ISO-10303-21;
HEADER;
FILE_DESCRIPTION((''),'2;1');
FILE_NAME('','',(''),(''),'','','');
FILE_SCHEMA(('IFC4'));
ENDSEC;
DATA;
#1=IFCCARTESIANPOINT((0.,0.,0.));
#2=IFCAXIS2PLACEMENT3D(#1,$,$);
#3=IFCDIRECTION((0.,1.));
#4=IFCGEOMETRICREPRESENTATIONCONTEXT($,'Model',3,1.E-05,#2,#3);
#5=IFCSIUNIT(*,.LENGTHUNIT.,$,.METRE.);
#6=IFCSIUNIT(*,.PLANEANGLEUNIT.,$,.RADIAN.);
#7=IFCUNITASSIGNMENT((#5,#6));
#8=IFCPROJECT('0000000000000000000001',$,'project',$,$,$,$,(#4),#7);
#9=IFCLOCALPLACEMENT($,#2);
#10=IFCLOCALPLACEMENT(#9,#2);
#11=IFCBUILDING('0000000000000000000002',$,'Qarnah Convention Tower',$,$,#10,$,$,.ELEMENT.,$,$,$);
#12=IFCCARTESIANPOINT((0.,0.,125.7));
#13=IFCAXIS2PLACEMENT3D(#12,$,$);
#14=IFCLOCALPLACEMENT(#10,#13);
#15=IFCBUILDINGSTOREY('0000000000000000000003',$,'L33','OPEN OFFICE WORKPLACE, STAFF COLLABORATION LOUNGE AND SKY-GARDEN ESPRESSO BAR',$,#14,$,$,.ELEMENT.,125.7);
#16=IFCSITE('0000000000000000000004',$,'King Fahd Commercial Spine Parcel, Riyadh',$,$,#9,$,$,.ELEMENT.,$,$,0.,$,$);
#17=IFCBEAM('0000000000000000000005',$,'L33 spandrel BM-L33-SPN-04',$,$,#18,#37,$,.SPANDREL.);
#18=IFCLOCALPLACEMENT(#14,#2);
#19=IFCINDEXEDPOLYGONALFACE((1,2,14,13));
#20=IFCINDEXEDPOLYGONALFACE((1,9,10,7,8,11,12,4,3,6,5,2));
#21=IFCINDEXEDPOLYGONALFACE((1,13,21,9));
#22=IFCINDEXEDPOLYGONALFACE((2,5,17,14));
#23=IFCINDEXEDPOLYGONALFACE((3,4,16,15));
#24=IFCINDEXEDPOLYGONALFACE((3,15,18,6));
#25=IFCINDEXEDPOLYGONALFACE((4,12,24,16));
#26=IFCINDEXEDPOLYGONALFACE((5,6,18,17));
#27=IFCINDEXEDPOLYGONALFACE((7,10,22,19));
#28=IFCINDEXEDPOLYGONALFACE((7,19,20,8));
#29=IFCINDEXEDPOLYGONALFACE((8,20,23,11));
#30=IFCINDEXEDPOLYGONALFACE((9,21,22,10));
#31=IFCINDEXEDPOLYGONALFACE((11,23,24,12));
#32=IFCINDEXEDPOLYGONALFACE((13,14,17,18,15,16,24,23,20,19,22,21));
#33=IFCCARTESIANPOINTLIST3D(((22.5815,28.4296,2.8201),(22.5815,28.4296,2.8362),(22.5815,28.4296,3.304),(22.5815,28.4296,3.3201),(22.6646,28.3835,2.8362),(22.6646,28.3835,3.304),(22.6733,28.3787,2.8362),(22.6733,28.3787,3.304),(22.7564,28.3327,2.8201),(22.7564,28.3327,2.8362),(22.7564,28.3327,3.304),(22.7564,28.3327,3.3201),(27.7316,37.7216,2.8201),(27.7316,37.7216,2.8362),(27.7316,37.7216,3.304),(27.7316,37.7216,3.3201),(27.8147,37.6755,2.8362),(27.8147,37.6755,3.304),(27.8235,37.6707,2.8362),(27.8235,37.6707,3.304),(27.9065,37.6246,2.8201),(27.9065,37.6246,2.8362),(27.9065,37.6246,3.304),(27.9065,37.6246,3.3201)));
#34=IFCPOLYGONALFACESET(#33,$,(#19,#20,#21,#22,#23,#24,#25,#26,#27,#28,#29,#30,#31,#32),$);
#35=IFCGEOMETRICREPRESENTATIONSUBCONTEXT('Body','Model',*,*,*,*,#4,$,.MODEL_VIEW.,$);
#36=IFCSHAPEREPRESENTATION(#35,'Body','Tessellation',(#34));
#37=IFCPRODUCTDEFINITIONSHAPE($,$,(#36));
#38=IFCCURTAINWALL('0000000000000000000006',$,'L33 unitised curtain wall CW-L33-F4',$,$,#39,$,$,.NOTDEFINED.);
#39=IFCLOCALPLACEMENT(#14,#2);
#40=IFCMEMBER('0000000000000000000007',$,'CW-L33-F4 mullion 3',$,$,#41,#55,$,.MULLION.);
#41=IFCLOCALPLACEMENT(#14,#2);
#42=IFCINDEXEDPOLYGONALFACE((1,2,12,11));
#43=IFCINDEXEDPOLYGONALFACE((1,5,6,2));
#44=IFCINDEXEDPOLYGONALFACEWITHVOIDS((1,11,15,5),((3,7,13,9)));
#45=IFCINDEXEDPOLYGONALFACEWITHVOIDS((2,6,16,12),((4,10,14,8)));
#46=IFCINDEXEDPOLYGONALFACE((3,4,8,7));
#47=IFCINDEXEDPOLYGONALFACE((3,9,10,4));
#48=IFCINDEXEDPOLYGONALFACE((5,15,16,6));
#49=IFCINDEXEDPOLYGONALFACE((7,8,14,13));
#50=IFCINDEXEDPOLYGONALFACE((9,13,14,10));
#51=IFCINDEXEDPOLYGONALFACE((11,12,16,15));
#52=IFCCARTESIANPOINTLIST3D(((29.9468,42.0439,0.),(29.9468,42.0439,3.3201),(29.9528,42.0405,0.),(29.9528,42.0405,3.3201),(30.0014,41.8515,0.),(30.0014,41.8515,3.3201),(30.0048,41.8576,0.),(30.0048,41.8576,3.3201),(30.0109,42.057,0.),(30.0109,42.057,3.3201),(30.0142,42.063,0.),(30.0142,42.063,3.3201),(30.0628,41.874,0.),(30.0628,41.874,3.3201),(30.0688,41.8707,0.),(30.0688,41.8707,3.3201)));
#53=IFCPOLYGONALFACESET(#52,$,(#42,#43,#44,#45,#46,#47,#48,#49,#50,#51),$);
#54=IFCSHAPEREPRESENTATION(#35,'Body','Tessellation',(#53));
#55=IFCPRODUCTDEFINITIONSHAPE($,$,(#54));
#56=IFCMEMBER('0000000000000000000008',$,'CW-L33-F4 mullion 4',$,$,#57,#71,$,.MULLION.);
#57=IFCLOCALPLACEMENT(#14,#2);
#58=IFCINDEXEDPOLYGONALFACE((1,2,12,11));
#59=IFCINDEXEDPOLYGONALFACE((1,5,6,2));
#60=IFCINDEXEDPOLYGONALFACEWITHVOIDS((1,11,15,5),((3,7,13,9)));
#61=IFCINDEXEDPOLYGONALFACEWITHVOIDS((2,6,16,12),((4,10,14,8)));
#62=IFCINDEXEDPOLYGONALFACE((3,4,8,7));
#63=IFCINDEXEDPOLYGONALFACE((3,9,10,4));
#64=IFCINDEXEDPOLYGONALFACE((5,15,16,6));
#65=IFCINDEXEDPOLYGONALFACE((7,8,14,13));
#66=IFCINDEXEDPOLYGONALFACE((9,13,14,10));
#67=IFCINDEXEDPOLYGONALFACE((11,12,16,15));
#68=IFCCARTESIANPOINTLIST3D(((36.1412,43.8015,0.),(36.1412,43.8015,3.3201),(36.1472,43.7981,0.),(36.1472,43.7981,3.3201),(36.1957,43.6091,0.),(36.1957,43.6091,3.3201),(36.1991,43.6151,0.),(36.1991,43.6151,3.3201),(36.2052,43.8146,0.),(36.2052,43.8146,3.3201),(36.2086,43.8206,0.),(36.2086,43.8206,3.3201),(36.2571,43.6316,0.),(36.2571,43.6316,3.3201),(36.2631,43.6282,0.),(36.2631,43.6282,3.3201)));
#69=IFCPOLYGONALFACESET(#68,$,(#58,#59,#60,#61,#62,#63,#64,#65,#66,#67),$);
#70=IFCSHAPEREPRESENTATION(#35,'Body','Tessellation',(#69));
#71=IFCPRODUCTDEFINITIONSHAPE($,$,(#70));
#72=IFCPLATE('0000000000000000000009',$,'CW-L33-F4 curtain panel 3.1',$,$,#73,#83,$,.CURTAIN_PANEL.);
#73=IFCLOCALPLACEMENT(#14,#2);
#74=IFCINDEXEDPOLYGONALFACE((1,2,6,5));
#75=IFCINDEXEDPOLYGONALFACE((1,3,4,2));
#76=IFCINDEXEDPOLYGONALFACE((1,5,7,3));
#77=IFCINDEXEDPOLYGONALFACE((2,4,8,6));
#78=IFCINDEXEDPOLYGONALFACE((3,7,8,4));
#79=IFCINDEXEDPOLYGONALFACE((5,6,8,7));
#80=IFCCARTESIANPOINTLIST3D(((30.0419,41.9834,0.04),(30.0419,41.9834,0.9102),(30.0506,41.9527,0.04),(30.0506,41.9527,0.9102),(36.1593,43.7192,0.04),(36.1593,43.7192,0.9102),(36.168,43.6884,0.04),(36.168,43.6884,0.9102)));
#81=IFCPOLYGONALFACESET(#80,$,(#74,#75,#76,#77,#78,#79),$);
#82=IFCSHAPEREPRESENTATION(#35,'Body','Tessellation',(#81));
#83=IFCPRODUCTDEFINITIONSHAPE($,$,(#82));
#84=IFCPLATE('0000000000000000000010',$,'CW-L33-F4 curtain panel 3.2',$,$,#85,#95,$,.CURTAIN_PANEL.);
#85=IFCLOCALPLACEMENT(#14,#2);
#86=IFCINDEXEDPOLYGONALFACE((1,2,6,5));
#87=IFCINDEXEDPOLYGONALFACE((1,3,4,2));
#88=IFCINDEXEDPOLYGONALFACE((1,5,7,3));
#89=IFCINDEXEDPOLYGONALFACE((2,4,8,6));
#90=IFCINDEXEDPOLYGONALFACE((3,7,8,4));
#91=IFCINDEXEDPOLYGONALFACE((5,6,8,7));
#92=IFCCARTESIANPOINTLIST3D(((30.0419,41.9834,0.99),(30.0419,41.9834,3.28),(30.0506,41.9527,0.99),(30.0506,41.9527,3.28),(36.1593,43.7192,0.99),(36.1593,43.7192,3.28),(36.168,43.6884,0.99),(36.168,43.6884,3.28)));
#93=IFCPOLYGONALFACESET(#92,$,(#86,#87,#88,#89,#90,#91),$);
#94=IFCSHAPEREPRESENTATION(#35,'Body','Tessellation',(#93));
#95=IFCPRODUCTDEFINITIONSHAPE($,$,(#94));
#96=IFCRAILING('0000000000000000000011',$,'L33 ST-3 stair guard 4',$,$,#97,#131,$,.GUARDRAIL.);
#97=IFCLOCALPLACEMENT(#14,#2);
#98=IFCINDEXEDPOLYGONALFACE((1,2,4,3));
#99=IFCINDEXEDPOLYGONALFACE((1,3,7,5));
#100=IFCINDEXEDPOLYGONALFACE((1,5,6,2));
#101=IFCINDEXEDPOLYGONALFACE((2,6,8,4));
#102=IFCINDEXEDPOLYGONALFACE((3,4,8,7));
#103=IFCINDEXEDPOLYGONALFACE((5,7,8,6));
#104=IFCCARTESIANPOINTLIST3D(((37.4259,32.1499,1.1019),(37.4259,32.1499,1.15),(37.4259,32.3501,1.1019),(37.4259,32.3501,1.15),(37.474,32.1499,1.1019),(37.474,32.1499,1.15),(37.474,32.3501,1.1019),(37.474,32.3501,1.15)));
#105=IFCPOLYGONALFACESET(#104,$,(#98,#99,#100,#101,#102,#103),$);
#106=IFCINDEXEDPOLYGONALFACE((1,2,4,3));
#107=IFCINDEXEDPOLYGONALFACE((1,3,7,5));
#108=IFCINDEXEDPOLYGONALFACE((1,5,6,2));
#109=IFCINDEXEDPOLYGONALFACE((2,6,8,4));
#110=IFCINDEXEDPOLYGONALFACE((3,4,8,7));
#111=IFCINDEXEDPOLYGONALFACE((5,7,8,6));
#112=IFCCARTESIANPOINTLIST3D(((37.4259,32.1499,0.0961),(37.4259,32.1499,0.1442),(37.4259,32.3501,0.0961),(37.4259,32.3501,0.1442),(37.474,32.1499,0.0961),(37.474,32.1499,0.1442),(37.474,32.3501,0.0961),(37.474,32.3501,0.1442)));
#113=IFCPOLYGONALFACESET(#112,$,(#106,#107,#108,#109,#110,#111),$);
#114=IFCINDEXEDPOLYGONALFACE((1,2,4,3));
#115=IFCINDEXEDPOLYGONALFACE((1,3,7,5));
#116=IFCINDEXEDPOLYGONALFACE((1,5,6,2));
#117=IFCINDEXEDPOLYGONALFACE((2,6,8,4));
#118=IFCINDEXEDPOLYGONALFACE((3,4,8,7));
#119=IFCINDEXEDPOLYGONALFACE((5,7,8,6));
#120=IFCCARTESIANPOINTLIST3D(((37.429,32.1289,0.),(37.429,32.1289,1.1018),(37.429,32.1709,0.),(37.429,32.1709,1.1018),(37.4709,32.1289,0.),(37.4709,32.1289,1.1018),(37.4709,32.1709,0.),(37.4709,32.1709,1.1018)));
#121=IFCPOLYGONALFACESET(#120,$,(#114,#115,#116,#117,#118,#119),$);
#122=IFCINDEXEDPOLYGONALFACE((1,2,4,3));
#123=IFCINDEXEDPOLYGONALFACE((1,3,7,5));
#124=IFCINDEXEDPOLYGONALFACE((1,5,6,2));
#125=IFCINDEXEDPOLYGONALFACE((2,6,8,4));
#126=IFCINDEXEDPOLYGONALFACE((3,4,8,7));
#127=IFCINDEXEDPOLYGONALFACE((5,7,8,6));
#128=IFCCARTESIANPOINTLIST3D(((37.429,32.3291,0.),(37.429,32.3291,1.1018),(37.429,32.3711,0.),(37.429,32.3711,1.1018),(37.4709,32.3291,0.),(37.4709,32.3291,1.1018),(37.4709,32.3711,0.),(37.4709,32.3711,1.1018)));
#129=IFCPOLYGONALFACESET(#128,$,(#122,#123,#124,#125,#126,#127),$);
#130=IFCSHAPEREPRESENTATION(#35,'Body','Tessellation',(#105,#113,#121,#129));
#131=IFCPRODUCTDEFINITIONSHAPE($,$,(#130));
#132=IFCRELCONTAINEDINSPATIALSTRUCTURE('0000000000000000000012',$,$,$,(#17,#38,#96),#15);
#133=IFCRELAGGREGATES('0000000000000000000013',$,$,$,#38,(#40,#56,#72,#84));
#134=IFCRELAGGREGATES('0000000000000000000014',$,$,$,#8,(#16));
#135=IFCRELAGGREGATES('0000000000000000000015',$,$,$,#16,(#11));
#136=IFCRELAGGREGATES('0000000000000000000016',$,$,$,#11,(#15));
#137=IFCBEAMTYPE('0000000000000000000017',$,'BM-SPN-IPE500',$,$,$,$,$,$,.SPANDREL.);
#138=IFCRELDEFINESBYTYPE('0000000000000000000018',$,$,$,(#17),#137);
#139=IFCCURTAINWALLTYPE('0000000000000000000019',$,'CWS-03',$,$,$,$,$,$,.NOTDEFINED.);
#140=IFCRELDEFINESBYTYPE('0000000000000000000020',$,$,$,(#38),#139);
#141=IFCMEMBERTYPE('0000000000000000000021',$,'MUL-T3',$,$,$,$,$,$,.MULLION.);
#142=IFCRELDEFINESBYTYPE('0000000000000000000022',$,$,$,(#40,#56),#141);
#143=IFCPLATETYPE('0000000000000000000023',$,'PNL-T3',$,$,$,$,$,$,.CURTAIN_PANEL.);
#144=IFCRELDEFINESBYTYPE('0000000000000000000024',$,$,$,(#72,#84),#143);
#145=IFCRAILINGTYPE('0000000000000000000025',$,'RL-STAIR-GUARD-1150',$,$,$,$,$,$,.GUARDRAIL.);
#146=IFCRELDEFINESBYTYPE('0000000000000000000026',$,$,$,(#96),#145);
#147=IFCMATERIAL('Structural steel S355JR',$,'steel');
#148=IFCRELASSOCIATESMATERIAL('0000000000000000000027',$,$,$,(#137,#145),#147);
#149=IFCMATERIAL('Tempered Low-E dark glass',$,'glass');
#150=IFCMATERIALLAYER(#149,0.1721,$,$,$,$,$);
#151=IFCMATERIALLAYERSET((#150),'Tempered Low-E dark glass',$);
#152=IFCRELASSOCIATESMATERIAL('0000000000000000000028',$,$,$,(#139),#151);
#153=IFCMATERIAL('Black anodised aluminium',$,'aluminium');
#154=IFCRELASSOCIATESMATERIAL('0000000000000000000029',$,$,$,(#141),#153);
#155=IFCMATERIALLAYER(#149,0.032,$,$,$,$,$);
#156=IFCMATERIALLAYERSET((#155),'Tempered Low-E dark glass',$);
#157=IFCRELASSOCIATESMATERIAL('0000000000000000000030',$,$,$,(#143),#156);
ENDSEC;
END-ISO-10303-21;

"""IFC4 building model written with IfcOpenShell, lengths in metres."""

from ifc_helpers import new_model, si_unit, direction, frame, origin, origin_2d, place, context, subcontext, project, spatial, rectangle, hollow_rectangle, i_section, extrude, material, layer, layer_set, material_profile, profile_set, type_object, element, aggregate, save


model = new_model("IFC4")

# Units and contexts
model_context = context("Model", 3, precision=1e-05, world=origin(), true_north=direction((0.0, 1.0)))
body_context = subcontext(model_context, "Body", "Model", "MODEL_VIEW")
ifc_project = project(units=[si_unit("LENGTHUNIT", "METRE"), si_unit("PLANEANGLEUNIT", "RADIAN")], contexts=[model_context])

# Site, building, storey
site_placement = place(None, origin())
site = spatial("IfcSite", under=ifc_project, at=site_placement, Name="King Fahd Commercial Spine Parcel, Riyadh", CompositionType="ELEMENT", RefElevation=0.0)
building_placement = place(site_placement, origin())
building = spatial("IfcBuilding", under=site, at=building_placement, Name="Qarnah Convention Tower", CompositionType="ELEMENT")
storey_placement = place(building_placement, frame((0.0, 0.0, 125.7)))
storey = spatial("IfcBuildingStorey", under=building, at=storey_placement, Name="L33", Description="OPEN OFFICE WORKPLACE, STAFF COLLABORATION LOUNGE AND SKY-GARDEN ESPRESSO BAR", CompositionType="ELEMENT", Elevation=125.7)

# Beam
ifc_material_1 = material(Name="Structural steel S355JR", Category="steel")
ifc_material_profile_1 = material_profile(ifc_material_1, i_section(OverallWidth=0.2, OverallDepth=0.5, WebThickness=0.01, FlangeThickness=0.0161, at=origin_2d()), Name="IPE500")
ifc_profile_set_1 = profile_set([ifc_material_profile_1], Name="Structural steel S355JR")
beam_type_1 = type_object("IfcBeamType", Name="BM-SPN-IPE500", PredefinedType="SPANDREL", material=ifc_profile_set_1)
beam_1_placement = place(storey_placement, frame((27.8191, 37.6731, 3.0701), z_axis=(-0.484774, -0.874639, 0.0), x_axis=(0.874639, -0.484774, 0.0)))
element("IfcBeam", 1, at=beam_1_placement, inside=storey, type_object=beam_type_1, Name="L33 spandrel BM-L33-SPN-04", PredefinedType="SPANDREL", context=body_context, shape_type="SweptSolid", body=[
    extrude(i_section(OverallWidth=0.2, OverallDepth=0.5, WebThickness=0.01, FlangeThickness=0.0161, at=origin_2d()), origin(), (0.0, 0.0, 1.0), 10.6238),
])

# Curtain wall, members, plates
ifc_material_2 = material(Name="Tempered Low-E dark glass", Category="glass")
ifc_layer_1 = layer(ifc_material_2, 0.1721)
ifc_layer_set_1 = layer_set([ifc_layer_1], Name="Tempered Low-E dark glass")
curtain_wall_type = type_object("IfcCurtainWallType", Name="CWS-03", PredefinedType="NOTDEFINED", material=ifc_layer_set_1)
curtain_wall_placement = place(storey_placement, origin())
curtain_wall = element("IfcCurtainWall", 2, at=curtain_wall_placement, inside=storey, type_object=curtain_wall_type, Name="L33 unitised curtain wall CW-L33-F4", PredefinedType="NOTDEFINED")
ifc_material_3 = material(Name="Black anodised aluminium", Category="aluminium")
ifc_material_profile_2 = material_profile(ifc_material_3, hollow_rectangle(XDim=0.0701, YDim=0.2, WallThickness=0.0049, at=origin_2d()), Name="MUL-70X200")
ifc_profile_set_2 = profile_set([ifc_material_profile_2], Name="Black anodised aluminium")
member_type = type_object("IfcMemberType", Name="MUL-T3", PredefinedType="MULLION", material=ifc_profile_set_2)
member_1_placement = place(storey_placement, frame((30.0078, 41.9573, 0.0), z_axis=(0.0, 0.0, 1.0), x_axis=(0.962024, 0.272965, 0.0)))
member_1 = element("IfcMember", 3, at=member_1_placement, type_object=member_type, Name="CW-L33-F4 mullion 3", PredefinedType="MULLION", context=body_context, shape_type="SweptSolid", body=[
    extrude(hollow_rectangle(XDim=0.0701, YDim=0.2, WallThickness=0.0049, at=origin_2d()), origin(), (0.0, 0.0, 1.0), 3.3201),
])
member_2_placement = place(storey_placement, frame((36.2021, 43.7148, 0.0), z_axis=(0.0, 0.0, 1.0), x_axis=(0.962024, 0.272965, 0.0)))
member_2 = element("IfcMember", 4, at=member_2_placement, type_object=member_type, Name="CW-L33-F4 mullion 4", PredefinedType="MULLION", context=body_context, shape_type="SweptSolid", body=[
    extrude(hollow_rectangle(XDim=0.0701, YDim=0.2, WallThickness=0.0049, at=origin_2d()), origin(), (0.0, 0.0, 1.0), 3.3201),
])
ifc_layer_2 = layer(ifc_material_2, 0.032)
ifc_layer_set_2 = layer_set([ifc_layer_2], Name="Tempered Low-E dark glass")
plate_type = type_object("IfcPlateType", Name="PNL-T3", PredefinedType="CURTAIN_PANEL", material=ifc_layer_set_2)
plate_1_placement = place(storey_placement, frame((33.105, 42.8359, 0.04), z_axis=(0.0, 0.0, 1.0), x_axis=(0.962024, 0.272965, 0.0)))
plate_1 = element("IfcPlate", 5, at=plate_1_placement, type_object=plate_type, Name="CW-L33-F4 curtain panel 3.1", PredefinedType="CURTAIN_PANEL", context=body_context, shape_type="SweptSolid", body=[
    extrude(rectangle(XDim=6.3589, YDim=0.032, at=origin_2d()), origin(), (0.0, 0.0, 1.0), 0.8701),
])
plate_2_placement = place(storey_placement, frame((33.105, 42.8359, 0.99), z_axis=(0.0, 0.0, 1.0), x_axis=(0.962024, 0.272965, 0.0)))
plate_2 = element("IfcPlate", 6, at=plate_2_placement, type_object=plate_type, Name="CW-L33-F4 curtain panel 3.2", PredefinedType="CURTAIN_PANEL", context=body_context, shape_type="SweptSolid", body=[
    extrude(rectangle(XDim=6.3589, YDim=0.032, at=origin_2d()), origin(), (0.0, 0.0, 1.0), 2.29),
])
aggregate(curtain_wall, [member_1, member_2, plate_1, plate_2])

# Railing
railing_type = type_object("IfcRailingType", Name="RL-STAIR-GUARD-1150", PredefinedType="GUARDRAIL", material=ifc_material_1)
railing_placement = place(storey_placement, frame((37.45, 32.1499, 0.0)))
element("IfcRailing", 7, at=railing_placement, inside=storey, type_object=railing_type, Name="L33 ST-3 stair guard 4", PredefinedType="GUARDRAIL", context=body_context, shape_type="SweptSolid", body=[
    extrude(rectangle(XDim=0.0481, YDim=0.0481, at=origin_2d()), frame((0.0, 0.0, 1.126), z_axis=(0.0, 1.0, 0.0), x_axis=(-1.0, 0.0, 0.0)), (0.0, 0.0, 1.0), 0.2002),
    extrude(rectangle(XDim=0.0481, YDim=0.0481, at=origin_2d()), frame((0.0, 0.0, 0.1201), z_axis=(0.0, 1.0, 0.0), x_axis=(-1.0, 0.0, 0.0)), (0.0, 0.0, 1.0), 0.2002),
    extrude(rectangle(XDim=0.042, YDim=0.042, at=origin_2d()), origin(), (0.0, 0.0, 1.0), 1.1018),
    extrude(rectangle(XDim=0.042, YDim=0.042, at=origin_2d()), frame((0.0, 0.2002, 0.0)), (0.0, 0.0, 1.0), 1.1018),
])

save(model, "model.ifc")
